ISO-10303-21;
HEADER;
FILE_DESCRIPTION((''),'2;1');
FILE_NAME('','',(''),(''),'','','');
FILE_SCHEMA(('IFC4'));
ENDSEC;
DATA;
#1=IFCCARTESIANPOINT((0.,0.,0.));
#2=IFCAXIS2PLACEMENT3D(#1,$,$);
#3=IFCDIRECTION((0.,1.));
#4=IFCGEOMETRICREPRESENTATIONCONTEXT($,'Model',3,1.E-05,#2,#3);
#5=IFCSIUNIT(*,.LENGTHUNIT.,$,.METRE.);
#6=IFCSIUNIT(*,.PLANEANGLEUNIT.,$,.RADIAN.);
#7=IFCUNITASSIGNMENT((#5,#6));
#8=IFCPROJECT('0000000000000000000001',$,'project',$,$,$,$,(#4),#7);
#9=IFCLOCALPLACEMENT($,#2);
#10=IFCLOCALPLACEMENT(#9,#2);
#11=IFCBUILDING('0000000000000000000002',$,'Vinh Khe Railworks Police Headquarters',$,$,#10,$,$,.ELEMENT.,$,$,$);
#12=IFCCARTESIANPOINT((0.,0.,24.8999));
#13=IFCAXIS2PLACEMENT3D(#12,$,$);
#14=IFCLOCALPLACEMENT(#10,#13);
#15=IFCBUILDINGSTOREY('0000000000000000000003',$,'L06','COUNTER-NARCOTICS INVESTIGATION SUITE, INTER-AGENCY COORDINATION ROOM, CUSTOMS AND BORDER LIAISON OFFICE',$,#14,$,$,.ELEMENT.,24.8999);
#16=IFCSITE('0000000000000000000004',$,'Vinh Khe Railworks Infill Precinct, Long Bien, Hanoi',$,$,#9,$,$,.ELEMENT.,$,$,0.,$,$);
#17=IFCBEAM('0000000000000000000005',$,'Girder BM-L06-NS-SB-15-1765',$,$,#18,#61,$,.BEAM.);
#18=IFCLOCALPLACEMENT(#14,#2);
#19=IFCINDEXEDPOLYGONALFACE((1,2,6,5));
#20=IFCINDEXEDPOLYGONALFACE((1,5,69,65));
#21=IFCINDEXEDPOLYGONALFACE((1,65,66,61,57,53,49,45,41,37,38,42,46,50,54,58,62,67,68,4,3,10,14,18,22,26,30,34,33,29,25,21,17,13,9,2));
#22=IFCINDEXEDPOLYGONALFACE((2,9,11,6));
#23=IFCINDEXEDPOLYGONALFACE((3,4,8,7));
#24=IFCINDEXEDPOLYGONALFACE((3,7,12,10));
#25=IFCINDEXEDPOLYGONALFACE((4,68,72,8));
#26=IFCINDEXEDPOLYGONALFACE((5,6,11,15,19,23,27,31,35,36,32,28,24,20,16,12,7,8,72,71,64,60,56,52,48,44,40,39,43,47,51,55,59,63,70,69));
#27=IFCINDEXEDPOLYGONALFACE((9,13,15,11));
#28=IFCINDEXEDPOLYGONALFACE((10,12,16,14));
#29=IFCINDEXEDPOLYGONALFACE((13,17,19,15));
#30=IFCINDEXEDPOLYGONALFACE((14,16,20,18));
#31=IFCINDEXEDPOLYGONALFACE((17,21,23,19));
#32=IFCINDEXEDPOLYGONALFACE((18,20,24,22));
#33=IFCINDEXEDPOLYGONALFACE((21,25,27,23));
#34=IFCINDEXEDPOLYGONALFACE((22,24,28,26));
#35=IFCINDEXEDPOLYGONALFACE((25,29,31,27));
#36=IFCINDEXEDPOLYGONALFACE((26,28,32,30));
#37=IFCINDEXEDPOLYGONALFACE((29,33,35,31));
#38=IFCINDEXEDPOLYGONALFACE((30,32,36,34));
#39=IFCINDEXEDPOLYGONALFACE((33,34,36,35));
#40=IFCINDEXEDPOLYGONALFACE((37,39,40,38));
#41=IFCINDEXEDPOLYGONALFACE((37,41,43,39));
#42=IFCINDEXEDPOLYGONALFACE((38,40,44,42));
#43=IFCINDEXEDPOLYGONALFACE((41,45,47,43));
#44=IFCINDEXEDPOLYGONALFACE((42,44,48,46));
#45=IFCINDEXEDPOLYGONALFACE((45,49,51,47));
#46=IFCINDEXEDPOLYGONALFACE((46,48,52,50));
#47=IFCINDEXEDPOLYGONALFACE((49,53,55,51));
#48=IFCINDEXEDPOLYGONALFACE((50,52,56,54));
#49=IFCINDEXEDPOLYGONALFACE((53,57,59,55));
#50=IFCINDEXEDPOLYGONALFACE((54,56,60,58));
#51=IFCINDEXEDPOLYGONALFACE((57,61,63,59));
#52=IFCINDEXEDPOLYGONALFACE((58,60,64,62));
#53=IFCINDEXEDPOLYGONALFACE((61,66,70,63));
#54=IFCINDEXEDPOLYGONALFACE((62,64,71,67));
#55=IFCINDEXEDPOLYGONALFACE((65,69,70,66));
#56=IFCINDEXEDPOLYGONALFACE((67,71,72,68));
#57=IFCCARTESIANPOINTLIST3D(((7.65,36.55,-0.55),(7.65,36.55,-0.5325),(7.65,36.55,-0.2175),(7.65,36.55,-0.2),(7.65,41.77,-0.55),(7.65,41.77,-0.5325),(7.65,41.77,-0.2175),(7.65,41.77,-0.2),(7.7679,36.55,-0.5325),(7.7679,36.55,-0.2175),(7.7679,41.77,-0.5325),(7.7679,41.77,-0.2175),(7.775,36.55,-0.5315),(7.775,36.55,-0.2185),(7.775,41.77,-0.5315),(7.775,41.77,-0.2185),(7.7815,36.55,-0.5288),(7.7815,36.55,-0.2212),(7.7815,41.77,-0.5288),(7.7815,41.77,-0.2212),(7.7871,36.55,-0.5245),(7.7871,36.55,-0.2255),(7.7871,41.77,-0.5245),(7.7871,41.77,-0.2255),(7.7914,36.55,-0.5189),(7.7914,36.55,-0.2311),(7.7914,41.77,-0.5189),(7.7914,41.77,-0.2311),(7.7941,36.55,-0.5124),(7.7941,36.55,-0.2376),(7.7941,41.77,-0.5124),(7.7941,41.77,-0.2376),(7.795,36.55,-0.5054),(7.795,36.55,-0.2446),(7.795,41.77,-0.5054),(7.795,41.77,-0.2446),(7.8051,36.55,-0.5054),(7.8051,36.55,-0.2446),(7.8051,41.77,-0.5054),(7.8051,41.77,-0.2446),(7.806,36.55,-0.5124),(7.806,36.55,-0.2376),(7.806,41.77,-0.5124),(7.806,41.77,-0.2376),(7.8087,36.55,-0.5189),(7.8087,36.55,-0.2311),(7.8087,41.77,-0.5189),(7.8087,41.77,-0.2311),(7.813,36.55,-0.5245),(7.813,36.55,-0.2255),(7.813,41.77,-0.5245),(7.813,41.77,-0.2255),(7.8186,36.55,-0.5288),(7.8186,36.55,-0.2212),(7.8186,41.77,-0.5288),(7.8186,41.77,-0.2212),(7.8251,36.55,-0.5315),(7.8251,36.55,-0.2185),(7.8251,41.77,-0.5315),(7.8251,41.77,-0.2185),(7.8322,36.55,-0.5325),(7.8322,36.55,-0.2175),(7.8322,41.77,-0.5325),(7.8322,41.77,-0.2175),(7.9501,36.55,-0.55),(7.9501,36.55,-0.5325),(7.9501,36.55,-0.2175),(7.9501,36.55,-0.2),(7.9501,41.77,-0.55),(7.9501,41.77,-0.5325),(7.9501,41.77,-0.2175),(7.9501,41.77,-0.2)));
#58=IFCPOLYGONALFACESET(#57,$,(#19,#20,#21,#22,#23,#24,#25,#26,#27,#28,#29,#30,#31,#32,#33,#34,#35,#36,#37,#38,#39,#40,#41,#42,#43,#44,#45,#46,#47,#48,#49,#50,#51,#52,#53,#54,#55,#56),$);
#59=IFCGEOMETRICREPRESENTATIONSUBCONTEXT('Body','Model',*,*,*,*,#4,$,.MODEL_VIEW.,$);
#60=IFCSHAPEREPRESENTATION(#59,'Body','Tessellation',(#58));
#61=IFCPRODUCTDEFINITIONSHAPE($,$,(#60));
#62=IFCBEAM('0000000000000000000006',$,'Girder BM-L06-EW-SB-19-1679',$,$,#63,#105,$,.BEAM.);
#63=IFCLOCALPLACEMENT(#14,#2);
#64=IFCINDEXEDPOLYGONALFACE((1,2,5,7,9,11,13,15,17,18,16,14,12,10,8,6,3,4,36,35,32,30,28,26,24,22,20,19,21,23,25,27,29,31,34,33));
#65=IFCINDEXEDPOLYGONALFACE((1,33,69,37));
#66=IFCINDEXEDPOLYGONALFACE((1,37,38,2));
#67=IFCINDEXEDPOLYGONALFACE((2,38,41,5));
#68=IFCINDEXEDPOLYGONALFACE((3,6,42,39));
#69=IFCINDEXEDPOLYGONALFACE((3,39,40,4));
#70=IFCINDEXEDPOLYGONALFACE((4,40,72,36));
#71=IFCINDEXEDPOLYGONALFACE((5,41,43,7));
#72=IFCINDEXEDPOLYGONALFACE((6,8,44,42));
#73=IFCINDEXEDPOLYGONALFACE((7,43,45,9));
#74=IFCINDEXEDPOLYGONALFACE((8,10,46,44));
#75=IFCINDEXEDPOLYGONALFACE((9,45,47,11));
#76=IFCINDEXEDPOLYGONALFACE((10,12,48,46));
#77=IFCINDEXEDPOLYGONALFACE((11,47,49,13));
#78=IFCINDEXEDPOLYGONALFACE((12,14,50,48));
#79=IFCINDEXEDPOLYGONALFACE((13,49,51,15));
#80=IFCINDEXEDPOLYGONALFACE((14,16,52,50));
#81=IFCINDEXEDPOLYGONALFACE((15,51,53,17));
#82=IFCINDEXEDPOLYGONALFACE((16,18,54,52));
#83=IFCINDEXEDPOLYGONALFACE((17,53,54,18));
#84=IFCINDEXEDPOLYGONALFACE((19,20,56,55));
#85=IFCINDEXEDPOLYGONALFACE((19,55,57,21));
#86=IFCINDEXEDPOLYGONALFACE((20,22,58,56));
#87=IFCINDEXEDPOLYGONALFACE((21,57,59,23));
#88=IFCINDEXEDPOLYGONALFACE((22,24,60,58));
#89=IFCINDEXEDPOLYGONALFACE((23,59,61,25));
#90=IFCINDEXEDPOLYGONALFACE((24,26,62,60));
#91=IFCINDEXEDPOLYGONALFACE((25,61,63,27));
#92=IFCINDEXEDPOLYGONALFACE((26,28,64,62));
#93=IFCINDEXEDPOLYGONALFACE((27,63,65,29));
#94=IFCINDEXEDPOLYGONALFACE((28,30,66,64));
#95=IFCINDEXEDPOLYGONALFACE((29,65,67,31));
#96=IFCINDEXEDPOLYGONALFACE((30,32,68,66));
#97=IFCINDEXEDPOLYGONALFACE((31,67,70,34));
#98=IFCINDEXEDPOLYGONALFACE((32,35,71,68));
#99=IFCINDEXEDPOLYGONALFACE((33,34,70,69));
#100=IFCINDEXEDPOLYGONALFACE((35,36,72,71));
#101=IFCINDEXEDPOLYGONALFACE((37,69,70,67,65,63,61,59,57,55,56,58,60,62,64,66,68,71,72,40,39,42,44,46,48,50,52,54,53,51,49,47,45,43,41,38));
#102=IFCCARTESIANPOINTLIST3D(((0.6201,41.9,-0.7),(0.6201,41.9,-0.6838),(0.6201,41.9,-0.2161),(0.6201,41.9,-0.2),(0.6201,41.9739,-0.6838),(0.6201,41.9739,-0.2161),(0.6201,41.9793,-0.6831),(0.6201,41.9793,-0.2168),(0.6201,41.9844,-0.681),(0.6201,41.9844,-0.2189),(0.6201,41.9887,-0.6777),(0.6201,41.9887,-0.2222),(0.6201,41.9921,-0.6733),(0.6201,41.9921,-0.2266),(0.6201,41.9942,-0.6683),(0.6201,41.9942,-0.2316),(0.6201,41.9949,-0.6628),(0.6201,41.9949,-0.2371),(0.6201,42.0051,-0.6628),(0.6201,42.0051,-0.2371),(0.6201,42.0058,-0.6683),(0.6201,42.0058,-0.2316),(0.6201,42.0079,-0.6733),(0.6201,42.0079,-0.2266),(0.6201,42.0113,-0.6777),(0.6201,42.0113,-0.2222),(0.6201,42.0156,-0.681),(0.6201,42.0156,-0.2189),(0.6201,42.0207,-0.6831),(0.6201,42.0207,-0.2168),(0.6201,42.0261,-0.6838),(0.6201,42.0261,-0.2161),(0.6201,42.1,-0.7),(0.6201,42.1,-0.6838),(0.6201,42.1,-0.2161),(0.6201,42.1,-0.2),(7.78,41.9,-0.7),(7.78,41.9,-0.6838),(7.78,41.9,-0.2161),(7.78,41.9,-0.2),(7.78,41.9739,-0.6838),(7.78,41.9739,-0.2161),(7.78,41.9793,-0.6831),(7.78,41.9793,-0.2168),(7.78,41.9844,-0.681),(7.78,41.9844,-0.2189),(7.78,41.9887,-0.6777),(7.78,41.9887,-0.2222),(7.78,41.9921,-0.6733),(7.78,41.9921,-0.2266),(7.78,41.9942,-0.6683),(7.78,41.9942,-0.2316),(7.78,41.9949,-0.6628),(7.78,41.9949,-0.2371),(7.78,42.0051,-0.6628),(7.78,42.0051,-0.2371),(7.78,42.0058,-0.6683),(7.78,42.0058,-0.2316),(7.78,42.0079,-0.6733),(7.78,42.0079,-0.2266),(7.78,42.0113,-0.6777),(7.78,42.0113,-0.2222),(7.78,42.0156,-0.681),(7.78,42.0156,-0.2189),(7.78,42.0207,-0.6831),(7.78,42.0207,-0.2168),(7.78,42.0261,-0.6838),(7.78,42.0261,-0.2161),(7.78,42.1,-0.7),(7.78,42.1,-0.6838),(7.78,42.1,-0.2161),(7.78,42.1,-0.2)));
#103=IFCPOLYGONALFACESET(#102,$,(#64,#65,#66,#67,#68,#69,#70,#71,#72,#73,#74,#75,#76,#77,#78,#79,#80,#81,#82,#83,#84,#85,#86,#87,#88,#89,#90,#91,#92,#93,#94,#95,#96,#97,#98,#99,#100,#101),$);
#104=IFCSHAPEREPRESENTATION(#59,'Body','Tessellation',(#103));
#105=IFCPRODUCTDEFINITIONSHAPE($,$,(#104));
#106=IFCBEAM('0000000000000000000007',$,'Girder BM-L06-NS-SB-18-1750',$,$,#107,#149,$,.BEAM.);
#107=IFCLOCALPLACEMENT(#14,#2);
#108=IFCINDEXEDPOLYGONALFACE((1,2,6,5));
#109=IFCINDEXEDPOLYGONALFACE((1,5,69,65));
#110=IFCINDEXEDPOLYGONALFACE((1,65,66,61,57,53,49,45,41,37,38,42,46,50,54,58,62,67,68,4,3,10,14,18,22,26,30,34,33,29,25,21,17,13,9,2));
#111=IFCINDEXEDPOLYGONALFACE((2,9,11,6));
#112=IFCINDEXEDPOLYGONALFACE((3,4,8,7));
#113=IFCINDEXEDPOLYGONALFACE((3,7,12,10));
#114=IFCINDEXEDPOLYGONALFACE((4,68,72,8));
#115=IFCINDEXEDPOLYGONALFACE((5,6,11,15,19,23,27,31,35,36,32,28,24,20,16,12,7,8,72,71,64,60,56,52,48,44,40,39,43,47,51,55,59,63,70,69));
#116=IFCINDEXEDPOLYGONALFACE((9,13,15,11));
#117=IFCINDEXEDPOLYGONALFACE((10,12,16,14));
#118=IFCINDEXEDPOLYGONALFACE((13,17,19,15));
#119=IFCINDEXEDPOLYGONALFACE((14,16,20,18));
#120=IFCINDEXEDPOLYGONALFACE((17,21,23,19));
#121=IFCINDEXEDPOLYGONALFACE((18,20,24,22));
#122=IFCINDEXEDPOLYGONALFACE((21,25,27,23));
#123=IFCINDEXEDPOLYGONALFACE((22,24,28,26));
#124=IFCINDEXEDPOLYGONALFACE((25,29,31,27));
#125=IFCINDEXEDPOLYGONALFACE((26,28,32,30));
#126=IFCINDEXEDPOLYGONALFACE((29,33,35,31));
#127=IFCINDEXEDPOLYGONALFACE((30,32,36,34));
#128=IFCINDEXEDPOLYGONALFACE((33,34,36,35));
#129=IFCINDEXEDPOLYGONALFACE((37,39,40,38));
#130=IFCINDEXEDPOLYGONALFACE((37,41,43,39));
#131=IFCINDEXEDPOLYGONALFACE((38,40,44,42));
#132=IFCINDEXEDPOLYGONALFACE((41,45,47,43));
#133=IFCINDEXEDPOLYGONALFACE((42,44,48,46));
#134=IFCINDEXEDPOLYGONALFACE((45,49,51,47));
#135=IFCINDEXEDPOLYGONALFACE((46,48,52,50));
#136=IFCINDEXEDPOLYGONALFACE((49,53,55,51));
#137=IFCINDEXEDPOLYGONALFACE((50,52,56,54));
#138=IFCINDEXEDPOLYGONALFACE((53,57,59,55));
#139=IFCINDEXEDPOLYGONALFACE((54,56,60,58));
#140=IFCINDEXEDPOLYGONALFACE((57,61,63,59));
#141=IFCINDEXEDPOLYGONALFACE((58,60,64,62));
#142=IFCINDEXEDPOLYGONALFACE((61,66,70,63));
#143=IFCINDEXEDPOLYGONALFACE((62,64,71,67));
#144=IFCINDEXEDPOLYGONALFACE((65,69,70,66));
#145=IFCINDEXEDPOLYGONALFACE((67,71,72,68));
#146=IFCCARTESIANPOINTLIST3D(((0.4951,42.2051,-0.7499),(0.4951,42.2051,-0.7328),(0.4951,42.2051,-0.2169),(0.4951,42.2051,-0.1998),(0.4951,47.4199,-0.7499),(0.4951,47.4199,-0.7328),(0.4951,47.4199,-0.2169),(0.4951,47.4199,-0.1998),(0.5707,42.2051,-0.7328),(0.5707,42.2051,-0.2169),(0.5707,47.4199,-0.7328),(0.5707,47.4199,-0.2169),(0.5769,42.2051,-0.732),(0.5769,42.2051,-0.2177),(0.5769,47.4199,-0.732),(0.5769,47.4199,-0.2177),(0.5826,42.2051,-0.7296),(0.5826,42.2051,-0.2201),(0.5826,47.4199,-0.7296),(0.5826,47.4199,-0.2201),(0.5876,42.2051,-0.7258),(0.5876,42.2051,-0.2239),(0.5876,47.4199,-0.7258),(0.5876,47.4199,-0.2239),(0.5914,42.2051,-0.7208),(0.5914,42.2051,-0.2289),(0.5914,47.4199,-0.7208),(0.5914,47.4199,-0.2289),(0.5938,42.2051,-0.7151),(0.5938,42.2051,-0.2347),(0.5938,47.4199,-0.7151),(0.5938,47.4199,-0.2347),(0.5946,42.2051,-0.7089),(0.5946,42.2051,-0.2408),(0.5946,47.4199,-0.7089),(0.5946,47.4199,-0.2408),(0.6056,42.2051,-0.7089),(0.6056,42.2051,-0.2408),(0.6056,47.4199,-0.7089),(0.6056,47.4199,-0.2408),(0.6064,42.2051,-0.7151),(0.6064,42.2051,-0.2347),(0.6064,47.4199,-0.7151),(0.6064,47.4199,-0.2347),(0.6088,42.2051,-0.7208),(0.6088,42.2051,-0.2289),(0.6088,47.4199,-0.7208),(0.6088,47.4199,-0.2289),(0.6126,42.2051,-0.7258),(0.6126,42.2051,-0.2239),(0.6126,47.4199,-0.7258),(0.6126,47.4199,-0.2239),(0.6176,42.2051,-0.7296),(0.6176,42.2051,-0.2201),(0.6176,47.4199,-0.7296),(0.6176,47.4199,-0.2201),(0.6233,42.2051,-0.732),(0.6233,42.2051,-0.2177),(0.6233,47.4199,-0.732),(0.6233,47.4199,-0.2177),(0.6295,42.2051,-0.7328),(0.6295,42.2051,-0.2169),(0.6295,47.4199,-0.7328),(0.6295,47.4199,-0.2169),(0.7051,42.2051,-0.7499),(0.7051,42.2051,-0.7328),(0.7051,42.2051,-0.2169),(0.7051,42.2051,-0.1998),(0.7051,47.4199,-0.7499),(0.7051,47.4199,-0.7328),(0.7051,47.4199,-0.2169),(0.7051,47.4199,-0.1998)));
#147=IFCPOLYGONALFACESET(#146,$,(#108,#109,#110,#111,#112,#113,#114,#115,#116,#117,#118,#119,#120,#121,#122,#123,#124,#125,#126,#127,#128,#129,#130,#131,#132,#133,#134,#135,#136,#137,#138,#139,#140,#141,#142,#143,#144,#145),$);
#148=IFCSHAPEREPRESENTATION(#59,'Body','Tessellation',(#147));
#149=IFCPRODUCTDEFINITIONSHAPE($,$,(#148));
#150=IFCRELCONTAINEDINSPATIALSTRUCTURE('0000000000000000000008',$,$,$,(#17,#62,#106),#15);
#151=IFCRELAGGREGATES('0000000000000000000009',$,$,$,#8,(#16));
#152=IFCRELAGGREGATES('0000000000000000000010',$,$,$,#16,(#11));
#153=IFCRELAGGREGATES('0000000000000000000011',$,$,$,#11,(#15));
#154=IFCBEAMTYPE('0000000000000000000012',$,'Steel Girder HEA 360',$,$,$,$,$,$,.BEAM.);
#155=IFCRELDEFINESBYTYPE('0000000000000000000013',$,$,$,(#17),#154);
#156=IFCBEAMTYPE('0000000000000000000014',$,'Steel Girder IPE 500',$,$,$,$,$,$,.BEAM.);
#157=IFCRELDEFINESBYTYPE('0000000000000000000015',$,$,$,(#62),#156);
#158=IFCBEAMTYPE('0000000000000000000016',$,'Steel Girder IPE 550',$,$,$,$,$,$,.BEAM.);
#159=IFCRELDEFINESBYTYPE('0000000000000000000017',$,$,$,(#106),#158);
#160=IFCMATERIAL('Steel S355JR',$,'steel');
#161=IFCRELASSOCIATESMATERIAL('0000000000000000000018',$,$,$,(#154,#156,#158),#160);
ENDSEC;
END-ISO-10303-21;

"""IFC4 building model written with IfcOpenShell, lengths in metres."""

from ifc_helpers import new_model, si_unit, direction, frame, origin, origin_2d, place, context, subcontext, project, spatial, i_section, extrude, material, material_profile, profile_set, type_object, element, save


model = new_model("IFC4")

# Units and contexts
model_context = context("Model", 3, precision=1e-05, world=origin(), true_north=direction((0.0, 1.0)))
body_context = subcontext(model_context, "Body", "Model", "MODEL_VIEW")
ifc_project = project(units=[si_unit("LENGTHUNIT", "METRE"), si_unit("PLANEANGLEUNIT", "RADIAN")], contexts=[model_context])

# Site, building, storey
site_placement = place(None, origin())
site = spatial("IfcSite", under=ifc_project, at=site_placement, Name="Vinh Khe Railworks Infill Precinct, Long Bien, Hanoi", CompositionType="ELEMENT", RefElevation=0.0)
building_placement = place(site_placement, origin())
building = spatial("IfcBuilding", under=site, at=building_placement, Name="Vinh Khe Railworks Police Headquarters", CompositionType="ELEMENT")
storey_placement = place(building_placement, frame((0.0, 0.0, 24.8999)))
storey = spatial("IfcBuildingStorey", under=building, at=storey_placement, Name="L06", Description="COUNTER-NARCOTICS INVESTIGATION SUITE, INTER-AGENCY COORDINATION ROOM, CUSTOMS AND BORDER LIAISON OFFICE", CompositionType="ELEMENT", Elevation=24.8999)

# Shared definitions
ifc_material_1 = material(Name="Steel S355JR", Category="steel")

# Beams
ifc_material_profile_1 = material_profile(ifc_material_1, i_section(OverallWidth=0.3, OverallDepth=0.3501, WebThickness=0.01, FlangeThickness=0.0176, FilletRadius=0.0271, at=origin_2d()), Name="HEA 360")
ifc_profile_set_1 = profile_set([ifc_material_profile_1], Name="Steel S355JR")
beam_type_1 = type_object("IfcBeamType", Name="Steel Girder HEA 360", PredefinedType="BEAM", material=ifc_profile_set_1)
beam_1_placement = place(storey_placement, frame((7.8, 36.55, -0.375), z_axis=(0.0, 1.0, 0.0), x_axis=(-1.0, 0.0, 0.0)))
element("IfcBeam", 1, at=beam_1_placement, inside=storey, type_object=beam_type_1, Name="Girder BM-L06-NS-SB-15-1765", PredefinedType="BEAM", context=body_context, shape_type="SweptSolid", body=[
    extrude(i_section(OverallWidth=0.3, OverallDepth=0.3501, WebThickness=0.01, FlangeThickness=0.0176, FilletRadius=0.0271, at=origin_2d()), origin(), (0.0, 0.0, 1.0), 5.22),
])
ifc_material_profile_2 = material_profile(ifc_material_1, i_section(OverallWidth=0.2, OverallDepth=0.5, WebThickness=0.0103, FlangeThickness=0.0161, FilletRadius=0.021, at=origin_2d()), Name="IPE 500")
ifc_profile_set_2 = profile_set([ifc_material_profile_2], Name="Steel S355JR")
beam_type_2 = type_object("IfcBeamType", Name="Steel Girder IPE 500", PredefinedType="BEAM", material=ifc_profile_set_2)
beam_2_placement = place(storey_placement, frame((0.6201, 42.0, -0.45), z_axis=(1.0, 0.0, 0.0), x_axis=(0.0, 1.0, 0.0)))
element("IfcBeam", 2, at=beam_2_placement, inside=storey, type_object=beam_type_2, Name="Girder BM-L06-EW-SB-19-1679", PredefinedType="BEAM", context=body_context, shape_type="SweptSolid", body=[
    extrude(i_section(OverallWidth=0.2, OverallDepth=0.5, WebThickness=0.0103, FlangeThickness=0.0161, FilletRadius=0.021, at=origin_2d()), origin(), (0.0, 0.0, 1.0), 7.1599),
])
ifc_material_profile_3 = material_profile(ifc_material_1, i_section(OverallWidth=0.21, OverallDepth=0.55, WebThickness=0.011, FlangeThickness=0.0171, FilletRadius=0.0239, at=origin_2d()), Name="IPE 550")
ifc_profile_set_3 = profile_set([ifc_material_profile_3], Name="Steel S355JR")
beam_type_3 = type_object("IfcBeamType", Name="Steel Girder IPE 550", PredefinedType="BEAM", material=ifc_profile_set_3)
beam_3_placement = place(storey_placement, frame((0.6001, 42.2051, -0.4749), z_axis=(0.0, 1.0, 0.0), x_axis=(-1.0, 0.0, 0.0)))
element("IfcBeam", 3, at=beam_3_placement, inside=storey, type_object=beam_type_3, Name="Girder BM-L06-NS-SB-18-1750", PredefinedType="BEAM", context=body_context, shape_type="SweptSolid", body=[
    extrude(i_section(OverallWidth=0.21, OverallDepth=0.55, WebThickness=0.011, FlangeThickness=0.0171, FilletRadius=0.0239, at=origin_2d()), origin(), (0.0, 0.0, 1.0), 5.2148),
])

save(model, "model.ifc")
